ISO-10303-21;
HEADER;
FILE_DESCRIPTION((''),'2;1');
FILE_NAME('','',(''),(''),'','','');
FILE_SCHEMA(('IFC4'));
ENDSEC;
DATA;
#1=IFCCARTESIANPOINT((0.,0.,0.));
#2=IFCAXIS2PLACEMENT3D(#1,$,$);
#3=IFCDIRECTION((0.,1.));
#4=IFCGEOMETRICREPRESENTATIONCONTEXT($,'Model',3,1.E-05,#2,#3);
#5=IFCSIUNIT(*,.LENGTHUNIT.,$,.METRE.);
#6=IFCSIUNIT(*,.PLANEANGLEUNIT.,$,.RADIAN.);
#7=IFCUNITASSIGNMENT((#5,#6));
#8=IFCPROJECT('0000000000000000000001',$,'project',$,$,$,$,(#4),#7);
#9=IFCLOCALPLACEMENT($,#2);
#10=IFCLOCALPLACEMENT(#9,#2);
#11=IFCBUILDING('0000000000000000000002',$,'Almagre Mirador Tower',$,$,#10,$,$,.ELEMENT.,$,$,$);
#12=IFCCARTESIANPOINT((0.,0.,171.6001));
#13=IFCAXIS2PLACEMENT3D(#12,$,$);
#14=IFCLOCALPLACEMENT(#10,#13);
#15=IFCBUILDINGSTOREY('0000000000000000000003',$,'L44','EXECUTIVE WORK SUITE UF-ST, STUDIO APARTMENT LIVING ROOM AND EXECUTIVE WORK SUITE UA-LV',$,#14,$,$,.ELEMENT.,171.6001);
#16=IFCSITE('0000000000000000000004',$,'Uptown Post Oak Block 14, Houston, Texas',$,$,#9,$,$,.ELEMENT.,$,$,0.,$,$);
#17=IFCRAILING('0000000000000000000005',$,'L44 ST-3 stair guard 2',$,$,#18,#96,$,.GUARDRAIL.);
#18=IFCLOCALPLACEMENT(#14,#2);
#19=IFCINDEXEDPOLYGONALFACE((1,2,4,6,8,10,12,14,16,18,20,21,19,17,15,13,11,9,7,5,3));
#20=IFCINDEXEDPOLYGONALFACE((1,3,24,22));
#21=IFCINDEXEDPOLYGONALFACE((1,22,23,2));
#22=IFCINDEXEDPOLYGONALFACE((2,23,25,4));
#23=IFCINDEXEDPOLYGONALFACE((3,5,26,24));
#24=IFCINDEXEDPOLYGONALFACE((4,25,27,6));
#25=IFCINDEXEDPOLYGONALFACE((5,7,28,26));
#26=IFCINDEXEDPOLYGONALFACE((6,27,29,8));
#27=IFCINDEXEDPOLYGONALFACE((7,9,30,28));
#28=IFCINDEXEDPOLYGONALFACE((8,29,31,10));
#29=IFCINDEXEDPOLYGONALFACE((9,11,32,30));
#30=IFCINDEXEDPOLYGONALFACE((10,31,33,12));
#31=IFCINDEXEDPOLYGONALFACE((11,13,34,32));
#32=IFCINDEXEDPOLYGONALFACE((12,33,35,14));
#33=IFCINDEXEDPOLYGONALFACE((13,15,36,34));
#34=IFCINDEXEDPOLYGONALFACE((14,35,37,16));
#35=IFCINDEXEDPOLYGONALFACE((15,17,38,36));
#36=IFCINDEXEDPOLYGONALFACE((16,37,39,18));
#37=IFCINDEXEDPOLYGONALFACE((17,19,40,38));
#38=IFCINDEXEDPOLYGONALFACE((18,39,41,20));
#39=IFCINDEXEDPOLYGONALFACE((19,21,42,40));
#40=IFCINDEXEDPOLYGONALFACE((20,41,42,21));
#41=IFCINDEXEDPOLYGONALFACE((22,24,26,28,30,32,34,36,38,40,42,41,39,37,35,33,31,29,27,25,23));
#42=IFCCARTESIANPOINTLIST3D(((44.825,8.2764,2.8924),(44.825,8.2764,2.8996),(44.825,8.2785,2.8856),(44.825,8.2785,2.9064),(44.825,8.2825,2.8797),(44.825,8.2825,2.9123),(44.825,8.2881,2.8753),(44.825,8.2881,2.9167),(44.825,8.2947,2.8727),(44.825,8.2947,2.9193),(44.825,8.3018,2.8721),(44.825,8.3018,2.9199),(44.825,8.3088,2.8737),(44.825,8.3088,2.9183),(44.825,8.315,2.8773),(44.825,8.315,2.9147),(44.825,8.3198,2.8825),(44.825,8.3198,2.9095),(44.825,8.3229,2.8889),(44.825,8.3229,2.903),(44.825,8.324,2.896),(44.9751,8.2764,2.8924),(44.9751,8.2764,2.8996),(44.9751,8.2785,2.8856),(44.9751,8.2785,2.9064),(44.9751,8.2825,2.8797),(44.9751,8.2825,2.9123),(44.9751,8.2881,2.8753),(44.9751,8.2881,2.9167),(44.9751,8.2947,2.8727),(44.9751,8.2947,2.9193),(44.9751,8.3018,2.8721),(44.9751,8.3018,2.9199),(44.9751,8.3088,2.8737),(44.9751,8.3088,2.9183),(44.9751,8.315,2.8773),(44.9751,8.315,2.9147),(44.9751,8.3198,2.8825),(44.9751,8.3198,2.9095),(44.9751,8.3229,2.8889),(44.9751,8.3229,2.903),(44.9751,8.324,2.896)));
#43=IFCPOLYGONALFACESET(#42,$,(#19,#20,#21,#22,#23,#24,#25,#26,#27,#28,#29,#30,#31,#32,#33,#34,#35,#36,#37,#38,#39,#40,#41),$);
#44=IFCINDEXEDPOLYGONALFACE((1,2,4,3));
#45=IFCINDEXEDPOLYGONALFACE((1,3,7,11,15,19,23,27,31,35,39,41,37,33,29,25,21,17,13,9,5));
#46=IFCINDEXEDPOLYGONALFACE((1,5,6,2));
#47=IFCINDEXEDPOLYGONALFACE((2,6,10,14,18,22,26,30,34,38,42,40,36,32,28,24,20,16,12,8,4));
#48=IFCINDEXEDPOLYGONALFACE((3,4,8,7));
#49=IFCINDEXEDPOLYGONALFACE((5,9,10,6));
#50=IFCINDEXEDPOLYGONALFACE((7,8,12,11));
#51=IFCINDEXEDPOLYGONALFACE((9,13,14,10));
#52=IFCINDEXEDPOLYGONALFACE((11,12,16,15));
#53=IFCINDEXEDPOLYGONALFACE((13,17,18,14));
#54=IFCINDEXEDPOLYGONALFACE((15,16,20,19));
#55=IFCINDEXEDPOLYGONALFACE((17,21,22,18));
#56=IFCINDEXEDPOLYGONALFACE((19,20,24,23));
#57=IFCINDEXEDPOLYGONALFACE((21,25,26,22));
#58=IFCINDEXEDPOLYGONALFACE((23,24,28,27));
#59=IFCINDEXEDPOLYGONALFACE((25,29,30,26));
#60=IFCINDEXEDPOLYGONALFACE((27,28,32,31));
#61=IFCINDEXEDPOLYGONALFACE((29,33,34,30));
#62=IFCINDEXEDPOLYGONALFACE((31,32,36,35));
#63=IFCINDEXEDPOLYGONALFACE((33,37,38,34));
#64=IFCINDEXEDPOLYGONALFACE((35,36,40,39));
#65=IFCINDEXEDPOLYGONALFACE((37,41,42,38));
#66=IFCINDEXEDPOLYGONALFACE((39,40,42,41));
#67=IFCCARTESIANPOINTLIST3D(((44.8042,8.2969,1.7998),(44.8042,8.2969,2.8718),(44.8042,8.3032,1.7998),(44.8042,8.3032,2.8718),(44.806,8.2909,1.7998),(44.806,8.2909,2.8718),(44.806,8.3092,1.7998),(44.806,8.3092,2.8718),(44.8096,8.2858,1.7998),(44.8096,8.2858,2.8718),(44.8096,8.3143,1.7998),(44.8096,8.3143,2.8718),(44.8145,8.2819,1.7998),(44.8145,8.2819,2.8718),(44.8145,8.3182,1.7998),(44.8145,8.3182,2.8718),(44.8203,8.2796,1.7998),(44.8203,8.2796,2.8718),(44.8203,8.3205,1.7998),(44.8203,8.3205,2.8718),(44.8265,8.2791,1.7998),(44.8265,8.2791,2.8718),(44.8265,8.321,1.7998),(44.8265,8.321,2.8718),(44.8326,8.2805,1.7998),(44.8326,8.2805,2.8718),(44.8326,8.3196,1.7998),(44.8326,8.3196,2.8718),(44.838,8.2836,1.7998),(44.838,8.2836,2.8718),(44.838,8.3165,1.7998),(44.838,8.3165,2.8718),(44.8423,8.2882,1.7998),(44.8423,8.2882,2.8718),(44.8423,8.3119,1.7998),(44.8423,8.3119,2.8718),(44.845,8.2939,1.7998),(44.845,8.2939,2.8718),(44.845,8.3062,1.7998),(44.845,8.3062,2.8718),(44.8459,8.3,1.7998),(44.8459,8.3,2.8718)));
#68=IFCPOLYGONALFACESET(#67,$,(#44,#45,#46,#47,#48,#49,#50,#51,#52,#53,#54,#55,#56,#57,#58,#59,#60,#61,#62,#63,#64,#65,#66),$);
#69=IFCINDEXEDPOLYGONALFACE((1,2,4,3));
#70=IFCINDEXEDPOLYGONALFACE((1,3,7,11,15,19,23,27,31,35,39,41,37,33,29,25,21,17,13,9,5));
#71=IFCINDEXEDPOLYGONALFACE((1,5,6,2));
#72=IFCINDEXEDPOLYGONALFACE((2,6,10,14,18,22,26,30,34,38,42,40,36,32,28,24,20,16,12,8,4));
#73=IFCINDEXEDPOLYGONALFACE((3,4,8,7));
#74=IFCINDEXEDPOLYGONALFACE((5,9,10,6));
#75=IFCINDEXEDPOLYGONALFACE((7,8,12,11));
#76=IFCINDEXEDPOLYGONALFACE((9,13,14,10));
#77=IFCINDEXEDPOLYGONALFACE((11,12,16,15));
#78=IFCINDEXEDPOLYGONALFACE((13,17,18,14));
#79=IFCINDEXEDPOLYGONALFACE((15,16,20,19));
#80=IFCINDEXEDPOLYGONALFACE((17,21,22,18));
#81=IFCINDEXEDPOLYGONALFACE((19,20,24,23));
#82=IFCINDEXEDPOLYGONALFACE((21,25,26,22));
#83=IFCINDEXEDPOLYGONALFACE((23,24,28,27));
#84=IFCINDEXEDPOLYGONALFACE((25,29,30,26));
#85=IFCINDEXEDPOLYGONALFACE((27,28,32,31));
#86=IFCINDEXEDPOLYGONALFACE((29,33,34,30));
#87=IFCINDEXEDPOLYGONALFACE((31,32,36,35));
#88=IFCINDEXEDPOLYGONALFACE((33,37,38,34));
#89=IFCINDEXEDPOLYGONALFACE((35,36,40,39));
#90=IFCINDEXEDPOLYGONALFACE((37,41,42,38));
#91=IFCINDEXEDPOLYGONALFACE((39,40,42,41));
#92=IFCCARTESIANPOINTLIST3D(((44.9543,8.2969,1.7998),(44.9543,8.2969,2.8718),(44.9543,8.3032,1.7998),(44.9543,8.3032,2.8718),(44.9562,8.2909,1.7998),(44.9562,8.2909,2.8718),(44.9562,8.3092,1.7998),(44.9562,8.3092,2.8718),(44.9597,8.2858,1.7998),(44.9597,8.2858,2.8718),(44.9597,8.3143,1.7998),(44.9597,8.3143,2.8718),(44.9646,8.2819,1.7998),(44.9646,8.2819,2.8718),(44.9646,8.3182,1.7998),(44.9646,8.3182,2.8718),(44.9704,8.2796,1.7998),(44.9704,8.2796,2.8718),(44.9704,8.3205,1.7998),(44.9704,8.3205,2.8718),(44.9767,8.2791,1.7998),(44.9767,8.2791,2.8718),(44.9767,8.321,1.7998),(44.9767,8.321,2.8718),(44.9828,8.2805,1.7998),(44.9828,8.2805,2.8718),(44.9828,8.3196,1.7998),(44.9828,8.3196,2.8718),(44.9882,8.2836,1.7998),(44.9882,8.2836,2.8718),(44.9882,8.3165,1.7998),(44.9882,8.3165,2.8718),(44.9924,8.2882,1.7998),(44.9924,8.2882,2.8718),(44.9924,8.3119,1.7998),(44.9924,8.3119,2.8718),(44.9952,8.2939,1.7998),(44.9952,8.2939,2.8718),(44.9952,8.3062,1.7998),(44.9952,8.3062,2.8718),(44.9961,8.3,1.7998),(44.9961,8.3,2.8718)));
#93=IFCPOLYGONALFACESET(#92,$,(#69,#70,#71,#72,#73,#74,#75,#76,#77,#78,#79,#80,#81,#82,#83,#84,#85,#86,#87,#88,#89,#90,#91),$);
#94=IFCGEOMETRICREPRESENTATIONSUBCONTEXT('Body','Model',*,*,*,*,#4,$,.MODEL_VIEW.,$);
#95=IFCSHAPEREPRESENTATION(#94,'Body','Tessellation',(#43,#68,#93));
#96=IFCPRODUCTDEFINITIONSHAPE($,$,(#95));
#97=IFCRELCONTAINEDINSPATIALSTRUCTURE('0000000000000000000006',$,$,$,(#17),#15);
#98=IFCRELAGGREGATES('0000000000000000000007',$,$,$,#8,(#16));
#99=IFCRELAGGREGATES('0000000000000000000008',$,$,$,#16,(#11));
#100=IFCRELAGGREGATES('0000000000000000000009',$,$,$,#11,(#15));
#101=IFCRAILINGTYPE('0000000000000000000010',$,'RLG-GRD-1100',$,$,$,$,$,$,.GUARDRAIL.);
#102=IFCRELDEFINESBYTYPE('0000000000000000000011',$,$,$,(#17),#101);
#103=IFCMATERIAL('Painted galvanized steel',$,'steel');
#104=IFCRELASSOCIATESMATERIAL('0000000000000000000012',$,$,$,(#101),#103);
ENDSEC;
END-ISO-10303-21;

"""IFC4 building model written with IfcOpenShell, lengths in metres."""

from ifc_helpers import new_model, si_unit, direction, frame, origin, origin_2d, place, context, subcontext, project, spatial, circle, extrude, material, type_object, element, save


model = new_model("IFC4")

# Units and contexts
model_context = context("Model", 3, precision=1e-05, world=origin(), true_north=direction((0.0, 1.0)))
body_context = subcontext(model_context, "Body", "Model", "MODEL_VIEW")
ifc_project = project(units=[si_unit("LENGTHUNIT", "METRE"), si_unit("PLANEANGLEUNIT", "RADIAN")], contexts=[model_context])

# Site, building, storey
site_placement = place(None, origin())
site = spatial("IfcSite", under=ifc_project, at=site_placement, Name="Uptown Post Oak Block 14, Houston, Texas", CompositionType="ELEMENT", RefElevation=0.0)
building_placement = place(site_placement, origin())
building = spatial("IfcBuilding", under=site, at=building_placement, Name="Almagre Mirador Tower", CompositionType="ELEMENT")
storey_placement = place(building_placement, frame((0.0, 0.0, 171.6001)))
storey = spatial("IfcBuildingStorey", under=building, at=storey_placement, Name="L44", Description="EXECUTIVE WORK SUITE UF-ST, STUDIO APARTMENT LIVING ROOM AND EXECUTIVE WORK SUITE UA-LV", CompositionType="ELEMENT", Elevation=171.6001)

# Railing
ifc_material_1 = material(Name="Painted galvanized steel", Category="steel")
railing_type_1 = type_object("IfcRailingType", Name="RLG-GRD-1100", PredefinedType="GUARDRAIL", material=ifc_material_1)
railing_1_placement = place(storey_placement, frame((44.825, 8.3, 1.7998)))
element("IfcRailing", 1, at=railing_1_placement, inside=storey, type_object=railing_type_1, Name="L44 ST-3 stair guard 2", PredefinedType="GUARDRAIL", context=body_context, shape_type="SweptSolid", body=[
    extrude(circle(Radius=0.0239, at=origin_2d()), frame((0.0, 0.0, 1.0962), z_axis=(1.0, 0.0, 0.0), x_axis=(0.0, 1.0, 0.0)), (0.0, 0.0, 1.0), 0.1501),
    extrude(circle(Radius=0.021, at=origin_2d()), origin(), (0.0, 0.0, 1.0), 1.072),
    extrude(circle(Radius=0.021, at=origin_2d()), frame((0.1501, 0.0, 0.0)), (0.0, 0.0, 1.0), 1.072),
])

save(model, "model.ifc")
